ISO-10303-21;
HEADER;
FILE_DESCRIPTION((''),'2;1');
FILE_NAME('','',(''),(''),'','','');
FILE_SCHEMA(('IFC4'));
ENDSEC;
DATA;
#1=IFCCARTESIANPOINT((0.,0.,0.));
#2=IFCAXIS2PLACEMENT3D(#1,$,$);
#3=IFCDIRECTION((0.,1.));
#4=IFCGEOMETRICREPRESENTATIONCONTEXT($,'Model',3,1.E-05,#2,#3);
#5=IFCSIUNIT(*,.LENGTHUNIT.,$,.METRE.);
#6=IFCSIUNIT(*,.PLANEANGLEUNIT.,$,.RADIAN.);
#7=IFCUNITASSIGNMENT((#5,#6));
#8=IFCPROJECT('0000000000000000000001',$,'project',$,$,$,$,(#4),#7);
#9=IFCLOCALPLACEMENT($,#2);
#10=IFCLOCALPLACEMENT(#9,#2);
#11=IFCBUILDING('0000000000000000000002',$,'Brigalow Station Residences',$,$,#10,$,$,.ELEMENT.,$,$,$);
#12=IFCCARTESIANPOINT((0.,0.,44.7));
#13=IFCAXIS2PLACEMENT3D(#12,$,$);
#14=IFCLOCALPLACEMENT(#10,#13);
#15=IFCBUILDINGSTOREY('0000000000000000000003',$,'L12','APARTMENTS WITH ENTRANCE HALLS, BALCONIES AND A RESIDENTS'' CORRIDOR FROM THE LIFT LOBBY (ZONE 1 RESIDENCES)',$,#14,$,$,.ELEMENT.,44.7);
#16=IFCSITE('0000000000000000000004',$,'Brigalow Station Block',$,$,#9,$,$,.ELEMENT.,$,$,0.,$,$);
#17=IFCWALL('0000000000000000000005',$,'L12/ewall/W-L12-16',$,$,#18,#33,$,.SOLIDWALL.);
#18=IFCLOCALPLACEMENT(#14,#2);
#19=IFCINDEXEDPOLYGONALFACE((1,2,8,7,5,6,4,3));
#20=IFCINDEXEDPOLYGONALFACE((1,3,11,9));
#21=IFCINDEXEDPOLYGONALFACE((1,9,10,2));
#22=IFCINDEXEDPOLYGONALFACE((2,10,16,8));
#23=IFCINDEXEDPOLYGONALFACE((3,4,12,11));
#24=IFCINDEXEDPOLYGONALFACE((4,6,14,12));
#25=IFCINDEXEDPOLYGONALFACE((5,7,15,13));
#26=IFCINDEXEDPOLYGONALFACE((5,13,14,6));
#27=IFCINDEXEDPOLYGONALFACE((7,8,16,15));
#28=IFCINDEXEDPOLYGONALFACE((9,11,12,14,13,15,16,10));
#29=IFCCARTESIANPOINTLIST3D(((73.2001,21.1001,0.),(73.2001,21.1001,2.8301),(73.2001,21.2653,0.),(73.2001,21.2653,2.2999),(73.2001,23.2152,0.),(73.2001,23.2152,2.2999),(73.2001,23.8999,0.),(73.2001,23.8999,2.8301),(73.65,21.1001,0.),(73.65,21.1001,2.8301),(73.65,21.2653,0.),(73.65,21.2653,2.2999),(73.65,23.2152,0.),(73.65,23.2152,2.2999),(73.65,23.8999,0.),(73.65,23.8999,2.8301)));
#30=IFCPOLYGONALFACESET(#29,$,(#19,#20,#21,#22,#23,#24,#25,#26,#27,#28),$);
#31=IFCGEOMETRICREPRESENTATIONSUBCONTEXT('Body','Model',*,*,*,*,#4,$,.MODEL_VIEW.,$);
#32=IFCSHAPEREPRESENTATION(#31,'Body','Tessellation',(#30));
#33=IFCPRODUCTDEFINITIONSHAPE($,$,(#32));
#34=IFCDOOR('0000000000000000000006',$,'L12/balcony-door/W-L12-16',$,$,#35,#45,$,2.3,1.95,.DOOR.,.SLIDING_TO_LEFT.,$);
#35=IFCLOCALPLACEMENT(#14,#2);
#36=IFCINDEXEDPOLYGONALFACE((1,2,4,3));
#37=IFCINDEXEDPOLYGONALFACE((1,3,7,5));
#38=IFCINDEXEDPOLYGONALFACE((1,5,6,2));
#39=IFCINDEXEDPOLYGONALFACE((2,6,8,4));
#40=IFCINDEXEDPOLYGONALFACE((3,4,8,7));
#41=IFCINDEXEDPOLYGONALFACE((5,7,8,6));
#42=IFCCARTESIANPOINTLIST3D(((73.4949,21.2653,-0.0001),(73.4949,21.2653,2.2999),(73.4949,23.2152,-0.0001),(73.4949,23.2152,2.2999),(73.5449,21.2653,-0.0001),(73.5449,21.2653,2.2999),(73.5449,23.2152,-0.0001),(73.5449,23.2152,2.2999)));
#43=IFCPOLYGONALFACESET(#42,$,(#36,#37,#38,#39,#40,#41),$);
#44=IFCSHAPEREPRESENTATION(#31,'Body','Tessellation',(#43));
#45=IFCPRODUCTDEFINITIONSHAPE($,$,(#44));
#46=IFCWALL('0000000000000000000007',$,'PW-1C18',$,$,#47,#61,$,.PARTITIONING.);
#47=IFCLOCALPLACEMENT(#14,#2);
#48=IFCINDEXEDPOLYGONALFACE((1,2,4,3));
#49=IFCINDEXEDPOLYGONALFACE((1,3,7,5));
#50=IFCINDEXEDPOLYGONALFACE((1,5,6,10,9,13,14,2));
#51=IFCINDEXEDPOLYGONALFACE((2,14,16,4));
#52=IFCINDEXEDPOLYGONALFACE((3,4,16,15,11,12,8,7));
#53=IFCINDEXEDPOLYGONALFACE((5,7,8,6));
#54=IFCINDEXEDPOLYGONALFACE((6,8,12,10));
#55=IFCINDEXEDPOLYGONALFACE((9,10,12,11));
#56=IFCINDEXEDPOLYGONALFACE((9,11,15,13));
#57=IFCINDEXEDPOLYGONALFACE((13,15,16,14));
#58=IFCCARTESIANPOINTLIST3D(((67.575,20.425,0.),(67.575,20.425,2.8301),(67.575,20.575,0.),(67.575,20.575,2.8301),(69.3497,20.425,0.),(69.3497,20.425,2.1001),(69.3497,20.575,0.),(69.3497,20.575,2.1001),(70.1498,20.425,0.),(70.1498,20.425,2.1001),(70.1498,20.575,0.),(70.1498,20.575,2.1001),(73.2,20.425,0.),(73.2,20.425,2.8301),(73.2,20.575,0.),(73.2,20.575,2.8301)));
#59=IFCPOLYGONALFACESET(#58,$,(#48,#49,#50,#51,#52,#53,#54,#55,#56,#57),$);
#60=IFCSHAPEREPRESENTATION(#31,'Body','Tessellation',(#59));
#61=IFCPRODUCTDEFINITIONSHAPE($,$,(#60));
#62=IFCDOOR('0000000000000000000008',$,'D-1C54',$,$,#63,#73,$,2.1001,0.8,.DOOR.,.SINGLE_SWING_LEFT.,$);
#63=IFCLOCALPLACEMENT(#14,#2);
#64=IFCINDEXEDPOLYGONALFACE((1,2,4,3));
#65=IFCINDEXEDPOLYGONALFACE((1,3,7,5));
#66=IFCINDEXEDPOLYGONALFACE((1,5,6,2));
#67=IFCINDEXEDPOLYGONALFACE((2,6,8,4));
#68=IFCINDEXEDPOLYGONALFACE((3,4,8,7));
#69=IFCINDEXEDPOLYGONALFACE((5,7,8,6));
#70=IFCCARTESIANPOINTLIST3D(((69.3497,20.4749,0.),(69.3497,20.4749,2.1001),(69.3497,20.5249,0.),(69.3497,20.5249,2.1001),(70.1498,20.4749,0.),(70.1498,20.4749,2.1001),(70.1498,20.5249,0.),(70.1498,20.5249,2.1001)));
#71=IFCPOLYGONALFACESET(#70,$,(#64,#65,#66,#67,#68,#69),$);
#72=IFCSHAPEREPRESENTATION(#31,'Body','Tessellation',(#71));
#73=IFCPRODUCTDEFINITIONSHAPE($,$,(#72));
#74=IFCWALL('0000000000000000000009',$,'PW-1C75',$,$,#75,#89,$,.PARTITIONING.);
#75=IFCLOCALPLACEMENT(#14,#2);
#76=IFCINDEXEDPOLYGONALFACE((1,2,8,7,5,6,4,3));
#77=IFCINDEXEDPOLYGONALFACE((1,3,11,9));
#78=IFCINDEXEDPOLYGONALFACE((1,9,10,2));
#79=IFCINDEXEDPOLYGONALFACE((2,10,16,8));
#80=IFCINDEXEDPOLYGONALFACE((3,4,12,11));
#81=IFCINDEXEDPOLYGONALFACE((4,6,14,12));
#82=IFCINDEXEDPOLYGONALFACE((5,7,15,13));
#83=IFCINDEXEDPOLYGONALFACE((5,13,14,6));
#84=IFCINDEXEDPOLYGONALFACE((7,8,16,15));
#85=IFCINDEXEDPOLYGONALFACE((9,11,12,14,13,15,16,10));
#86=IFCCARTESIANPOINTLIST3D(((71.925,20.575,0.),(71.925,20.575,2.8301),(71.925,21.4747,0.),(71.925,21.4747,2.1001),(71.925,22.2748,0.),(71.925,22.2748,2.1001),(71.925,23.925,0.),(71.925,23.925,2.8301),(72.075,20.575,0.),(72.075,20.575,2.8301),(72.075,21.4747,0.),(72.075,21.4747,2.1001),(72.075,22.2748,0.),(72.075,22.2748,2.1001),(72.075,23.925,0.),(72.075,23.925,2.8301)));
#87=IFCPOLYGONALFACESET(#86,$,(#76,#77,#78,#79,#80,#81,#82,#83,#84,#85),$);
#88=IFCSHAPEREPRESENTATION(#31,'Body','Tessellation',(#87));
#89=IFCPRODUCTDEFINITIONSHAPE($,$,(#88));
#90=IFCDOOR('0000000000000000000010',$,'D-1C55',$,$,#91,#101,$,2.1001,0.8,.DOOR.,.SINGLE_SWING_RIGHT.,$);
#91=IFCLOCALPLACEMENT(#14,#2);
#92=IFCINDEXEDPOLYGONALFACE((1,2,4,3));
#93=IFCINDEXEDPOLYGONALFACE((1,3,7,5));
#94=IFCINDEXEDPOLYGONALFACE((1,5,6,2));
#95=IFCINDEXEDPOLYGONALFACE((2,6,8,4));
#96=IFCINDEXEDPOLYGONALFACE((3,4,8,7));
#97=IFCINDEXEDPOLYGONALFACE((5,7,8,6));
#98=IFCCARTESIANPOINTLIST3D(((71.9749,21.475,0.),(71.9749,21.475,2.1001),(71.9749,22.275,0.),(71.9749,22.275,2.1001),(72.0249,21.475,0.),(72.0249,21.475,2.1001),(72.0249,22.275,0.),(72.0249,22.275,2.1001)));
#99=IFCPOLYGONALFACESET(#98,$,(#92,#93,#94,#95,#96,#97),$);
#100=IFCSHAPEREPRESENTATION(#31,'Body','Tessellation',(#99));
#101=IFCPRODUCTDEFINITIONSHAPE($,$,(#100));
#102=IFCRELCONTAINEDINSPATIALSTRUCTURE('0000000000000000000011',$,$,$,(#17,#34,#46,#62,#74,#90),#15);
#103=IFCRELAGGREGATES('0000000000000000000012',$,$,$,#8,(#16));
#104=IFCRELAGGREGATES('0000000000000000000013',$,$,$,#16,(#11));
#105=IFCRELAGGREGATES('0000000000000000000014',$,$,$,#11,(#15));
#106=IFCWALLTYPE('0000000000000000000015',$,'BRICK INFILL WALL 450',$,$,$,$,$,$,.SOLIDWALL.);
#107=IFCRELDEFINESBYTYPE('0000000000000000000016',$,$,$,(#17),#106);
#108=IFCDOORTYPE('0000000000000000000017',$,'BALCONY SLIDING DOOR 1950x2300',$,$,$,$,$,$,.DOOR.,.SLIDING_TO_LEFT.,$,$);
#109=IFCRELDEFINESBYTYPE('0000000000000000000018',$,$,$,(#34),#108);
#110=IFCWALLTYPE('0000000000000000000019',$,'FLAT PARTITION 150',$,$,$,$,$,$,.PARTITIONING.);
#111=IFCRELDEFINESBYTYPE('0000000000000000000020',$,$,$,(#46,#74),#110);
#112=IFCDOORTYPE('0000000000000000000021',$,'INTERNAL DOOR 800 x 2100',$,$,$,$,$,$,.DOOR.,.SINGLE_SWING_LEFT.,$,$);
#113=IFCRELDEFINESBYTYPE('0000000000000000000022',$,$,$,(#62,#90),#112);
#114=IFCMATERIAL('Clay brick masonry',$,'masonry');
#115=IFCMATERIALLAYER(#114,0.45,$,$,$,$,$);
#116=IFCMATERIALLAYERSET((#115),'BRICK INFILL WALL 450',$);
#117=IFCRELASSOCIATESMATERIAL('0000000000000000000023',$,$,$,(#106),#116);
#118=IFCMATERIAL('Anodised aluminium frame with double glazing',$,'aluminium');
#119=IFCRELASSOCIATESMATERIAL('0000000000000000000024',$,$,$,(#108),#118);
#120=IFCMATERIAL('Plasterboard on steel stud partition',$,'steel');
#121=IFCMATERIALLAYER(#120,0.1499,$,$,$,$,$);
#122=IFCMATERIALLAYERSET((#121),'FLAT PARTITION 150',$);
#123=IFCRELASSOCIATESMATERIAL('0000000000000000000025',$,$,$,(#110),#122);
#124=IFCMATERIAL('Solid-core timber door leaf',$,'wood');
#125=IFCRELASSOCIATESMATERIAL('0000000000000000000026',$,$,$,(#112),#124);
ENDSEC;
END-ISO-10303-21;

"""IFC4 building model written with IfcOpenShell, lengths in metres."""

from ifc_helpers import new_model, si_unit, direction, frame, frame_2d, origin, place, context, subcontext, project, spatial, rectangle, extrude, material, layer, layer_set, type_object, element, fill, save


model = new_model("IFC4")

# Units and contexts
model_context = context("Model", 3, precision=1e-05, world=origin(), true_north=direction((0.0, 1.0)))
body_context = subcontext(model_context, "Body", "Model", "MODEL_VIEW")
ifc_project = project(units=[si_unit("LENGTHUNIT", "METRE"), si_unit("PLANEANGLEUNIT", "RADIAN")], contexts=[model_context])

# Site, building, storey
site_placement = place(None, origin())
site = spatial("IfcSite", under=ifc_project, at=site_placement, Name="Brigalow Station Block", CompositionType="ELEMENT", RefElevation=0.0)
building_placement = place(site_placement, origin())
building = spatial("IfcBuilding", under=site, at=building_placement, Name="Brigalow Station Residences", CompositionType="ELEMENT")
storey_placement = place(building_placement, frame((0.0, 0.0, 44.7)))
storey = spatial("IfcBuildingStorey", under=building, at=storey_placement, Name="L12", Description="APARTMENTS WITH ENTRANCE HALLS, BALCONIES AND A RESIDENTS' CORRIDOR FROM THE LIFT LOBBY (ZONE 1 RESIDENCES)", CompositionType="ELEMENT", Elevation=44.7)

# Shared definitions
ifc_material_1 = material(Name="Clay brick masonry", Category="masonry")
ifc_layer_1 = layer(ifc_material_1, 0.45)
ifc_layer_set_1 = layer_set([ifc_layer_1], Name="BRICK INFILL WALL 450")
wall_type_1 = type_object("IfcWallType", Name="BRICK INFILL WALL 450", PredefinedType="SOLIDWALL", material=ifc_layer_set_1)

# Walls, openings, doors
wall_1_placement = place(storey_placement, frame((73.425, 21.1001, 0.0), z_axis=(0.0, 0.0, 1.0), x_axis=(0.0, 1.0, 0.0)))
wall_1 = element("IfcWall", 1, at=wall_1_placement, inside=storey, type_object=wall_type_1, Name="L12/ewall/W-L12-16", PredefinedType="SOLIDWALL", context=body_context, shape_type="SweptSolid", body=[
    extrude(rectangle(XDim=2.7998, YDim=0.45, at=frame_2d((1.3999, 0.0))), origin(), (0.0, 0.0, 1.0), 2.8301),
])
opening_1_placement = place(wall_1_placement, frame((0.165, 0.0, 0.0)))
opening_1 = element("IfcOpeningElement", 2, at=opening_1_placement, cuts=wall_1, PredefinedType="OPENING", context=body_context, shape_type="SweptSolid", body=[
    extrude(rectangle(XDim=1.95, YDim=2.3, at=frame_2d((0.9751, 1.1499))), frame((0.0, 0.2349, 0.0), z_axis=(0.0, -1.0, 0.0), x_axis=(1.0, 0.0, 0.0)), (0.0, 0.0, 1.0), 0.47),
])
ifc_material_2 = material(Name="Anodised aluminium frame with double glazing", Category="aluminium")
door_type_1 = type_object("IfcDoorType", Name="BALCONY SLIDING DOOR 1950x2300", OperationType="SLIDING_TO_LEFT", PredefinedType="DOOR", material=ifc_material_2)
door_1_placement = place(opening_1_placement, origin())
door_1 = element("IfcDoor", 3, at=door_1_placement, inside=storey, type_object=door_type_1, Name="L12/balcony-door/W-L12-16", OperationType="SLIDING_TO_LEFT", OverallHeight=2.3, OverallWidth=1.95, PredefinedType="DOOR", context=body_context, shape_type="SweptSolid", body=[
    extrude(rectangle(XDim=1.95, YDim=2.3, at=frame_2d((0.9751, 1.1499))), frame((0.0, -0.0698, 0.0), z_axis=(0.0, -1.0, 0.0), x_axis=(1.0, 0.0, 0.0)), (0.0, 0.0, 1.0), 0.05),
])
fill(opening_1, door_1)
ifc_material_3 = material(Name="Plasterboard on steel stud partition", Category="steel")
ifc_layer_2 = layer(ifc_material_3, 0.1499)
ifc_layer_set_2 = layer_set([ifc_layer_2], Name="FLAT PARTITION 150")
wall_type_2 = type_object("IfcWallType", Name="FLAT PARTITION 150", PredefinedType="PARTITIONING", material=ifc_layer_set_2)
wall_2_placement = place(storey_placement, frame((67.575, 20.5, 0.0), z_axis=(0.0, 0.0, 1.0), x_axis=(1.0, 0.0, 0.0)))
wall_2 = element("IfcWall", 4, at=wall_2_placement, inside=storey, type_object=wall_type_2, Name="PW-1C18", PredefinedType="PARTITIONING", context=body_context, shape_type="SweptSolid", body=[
    extrude(rectangle(XDim=5.625, YDim=0.1499, at=frame_2d((2.8125, 0.0))), origin(), (0.0, 0.0, 1.0), 2.8301),
])
opening_2_placement = place(wall_2_placement, frame((1.7749, 0.0, 0.0)))
opening_2 = element("IfcOpeningElement", 5, at=opening_2_placement, cuts=wall_2, PredefinedType="OPENING", context=body_context, shape_type="SweptSolid", body=[
    extrude(rectangle(XDim=0.8, YDim=2.1001, at=frame_2d((0.3999, 1.05))), frame((0.0, 0.085, 0.0), z_axis=(0.0, -1.0, 0.0), x_axis=(1.0, 0.0, 0.0)), (0.0, 0.0, 1.0), 0.1699),
])
ifc_material_4 = material(Name="Solid-core timber door leaf", Category="wood")
door_type_2 = type_object("IfcDoorType", Name="INTERNAL DOOR 800 x 2100", OperationType="SINGLE_SWING_LEFT", PredefinedType="DOOR", material=ifc_material_4)
door_2_placement = place(opening_2_placement, origin())
door_2 = element("IfcDoor", 6, at=door_2_placement, inside=storey, type_object=door_type_2, Name="D-1C54", OperationType="SINGLE_SWING_LEFT", OverallHeight=2.1001, OverallWidth=0.8, PredefinedType="DOOR", context=body_context, shape_type="SweptSolid", body=[
    extrude(rectangle(XDim=0.8, YDim=2.1001, at=frame_2d((0.3999, 1.05))), frame((0.0, 0.0249, 0.0), z_axis=(0.0, -1.0, 0.0), x_axis=(1.0, 0.0, 0.0)), (0.0, 0.0, 1.0), 0.05),
])
fill(opening_2, door_2)
wall_3_placement = place(storey_placement, frame((72.0, 20.575, 0.0), z_axis=(0.0, 0.0, 1.0), x_axis=(0.0, 1.0, 0.0)))
wall_3 = element("IfcWall", 7, at=wall_3_placement, inside=storey, type_object=wall_type_2, Name="PW-1C75", PredefinedType="PARTITIONING", context=body_context, shape_type="SweptSolid", body=[
    extrude(rectangle(XDim=3.3501, YDim=0.1499, at=frame_2d((1.675, 0.0))), origin(), (0.0, 0.0, 1.0), 2.8301),
])
opening_3_placement = place(wall_3_placement, frame((0.8999, 0.0, 0.0)))
opening_3 = element("IfcOpeningElement", 8, at=opening_3_placement, cuts=wall_3, PredefinedType="OPENING", context=body_context, shape_type="SweptSolid", body=[
    extrude(rectangle(XDim=0.8, YDim=2.1001, at=frame_2d((0.3999, 1.05))), frame((0.0, 0.085, 0.0), z_axis=(0.0, -1.0, 0.0), x_axis=(1.0, 0.0, 0.0)), (0.0, 0.0, 1.0), 0.1699),
])
door_3_placement = place(opening_3_placement, frame((0.8, 0.0, 0.0), z_axis=(0.0, 0.0, 1.0), x_axis=(-1.0, 0.0, 0.0)))
door_3 = element("IfcDoor", 9, at=door_3_placement, inside=storey, type_object=door_type_2, Name="D-1C55", OperationType="SINGLE_SWING_RIGHT", OverallHeight=2.1001, OverallWidth=0.8, PredefinedType="DOOR", context=body_context, shape_type="SweptSolid", body=[
    extrude(rectangle(XDim=0.8, YDim=2.1001, at=frame_2d((0.3999, 1.05))), frame((0.0, 0.0249, 0.0), z_axis=(0.0, -1.0, 0.0), x_axis=(1.0, 0.0, 0.0)), (0.0, 0.0, 1.0), 0.05),
])
fill(opening_3, door_3)

save(model, "model.ifc")
